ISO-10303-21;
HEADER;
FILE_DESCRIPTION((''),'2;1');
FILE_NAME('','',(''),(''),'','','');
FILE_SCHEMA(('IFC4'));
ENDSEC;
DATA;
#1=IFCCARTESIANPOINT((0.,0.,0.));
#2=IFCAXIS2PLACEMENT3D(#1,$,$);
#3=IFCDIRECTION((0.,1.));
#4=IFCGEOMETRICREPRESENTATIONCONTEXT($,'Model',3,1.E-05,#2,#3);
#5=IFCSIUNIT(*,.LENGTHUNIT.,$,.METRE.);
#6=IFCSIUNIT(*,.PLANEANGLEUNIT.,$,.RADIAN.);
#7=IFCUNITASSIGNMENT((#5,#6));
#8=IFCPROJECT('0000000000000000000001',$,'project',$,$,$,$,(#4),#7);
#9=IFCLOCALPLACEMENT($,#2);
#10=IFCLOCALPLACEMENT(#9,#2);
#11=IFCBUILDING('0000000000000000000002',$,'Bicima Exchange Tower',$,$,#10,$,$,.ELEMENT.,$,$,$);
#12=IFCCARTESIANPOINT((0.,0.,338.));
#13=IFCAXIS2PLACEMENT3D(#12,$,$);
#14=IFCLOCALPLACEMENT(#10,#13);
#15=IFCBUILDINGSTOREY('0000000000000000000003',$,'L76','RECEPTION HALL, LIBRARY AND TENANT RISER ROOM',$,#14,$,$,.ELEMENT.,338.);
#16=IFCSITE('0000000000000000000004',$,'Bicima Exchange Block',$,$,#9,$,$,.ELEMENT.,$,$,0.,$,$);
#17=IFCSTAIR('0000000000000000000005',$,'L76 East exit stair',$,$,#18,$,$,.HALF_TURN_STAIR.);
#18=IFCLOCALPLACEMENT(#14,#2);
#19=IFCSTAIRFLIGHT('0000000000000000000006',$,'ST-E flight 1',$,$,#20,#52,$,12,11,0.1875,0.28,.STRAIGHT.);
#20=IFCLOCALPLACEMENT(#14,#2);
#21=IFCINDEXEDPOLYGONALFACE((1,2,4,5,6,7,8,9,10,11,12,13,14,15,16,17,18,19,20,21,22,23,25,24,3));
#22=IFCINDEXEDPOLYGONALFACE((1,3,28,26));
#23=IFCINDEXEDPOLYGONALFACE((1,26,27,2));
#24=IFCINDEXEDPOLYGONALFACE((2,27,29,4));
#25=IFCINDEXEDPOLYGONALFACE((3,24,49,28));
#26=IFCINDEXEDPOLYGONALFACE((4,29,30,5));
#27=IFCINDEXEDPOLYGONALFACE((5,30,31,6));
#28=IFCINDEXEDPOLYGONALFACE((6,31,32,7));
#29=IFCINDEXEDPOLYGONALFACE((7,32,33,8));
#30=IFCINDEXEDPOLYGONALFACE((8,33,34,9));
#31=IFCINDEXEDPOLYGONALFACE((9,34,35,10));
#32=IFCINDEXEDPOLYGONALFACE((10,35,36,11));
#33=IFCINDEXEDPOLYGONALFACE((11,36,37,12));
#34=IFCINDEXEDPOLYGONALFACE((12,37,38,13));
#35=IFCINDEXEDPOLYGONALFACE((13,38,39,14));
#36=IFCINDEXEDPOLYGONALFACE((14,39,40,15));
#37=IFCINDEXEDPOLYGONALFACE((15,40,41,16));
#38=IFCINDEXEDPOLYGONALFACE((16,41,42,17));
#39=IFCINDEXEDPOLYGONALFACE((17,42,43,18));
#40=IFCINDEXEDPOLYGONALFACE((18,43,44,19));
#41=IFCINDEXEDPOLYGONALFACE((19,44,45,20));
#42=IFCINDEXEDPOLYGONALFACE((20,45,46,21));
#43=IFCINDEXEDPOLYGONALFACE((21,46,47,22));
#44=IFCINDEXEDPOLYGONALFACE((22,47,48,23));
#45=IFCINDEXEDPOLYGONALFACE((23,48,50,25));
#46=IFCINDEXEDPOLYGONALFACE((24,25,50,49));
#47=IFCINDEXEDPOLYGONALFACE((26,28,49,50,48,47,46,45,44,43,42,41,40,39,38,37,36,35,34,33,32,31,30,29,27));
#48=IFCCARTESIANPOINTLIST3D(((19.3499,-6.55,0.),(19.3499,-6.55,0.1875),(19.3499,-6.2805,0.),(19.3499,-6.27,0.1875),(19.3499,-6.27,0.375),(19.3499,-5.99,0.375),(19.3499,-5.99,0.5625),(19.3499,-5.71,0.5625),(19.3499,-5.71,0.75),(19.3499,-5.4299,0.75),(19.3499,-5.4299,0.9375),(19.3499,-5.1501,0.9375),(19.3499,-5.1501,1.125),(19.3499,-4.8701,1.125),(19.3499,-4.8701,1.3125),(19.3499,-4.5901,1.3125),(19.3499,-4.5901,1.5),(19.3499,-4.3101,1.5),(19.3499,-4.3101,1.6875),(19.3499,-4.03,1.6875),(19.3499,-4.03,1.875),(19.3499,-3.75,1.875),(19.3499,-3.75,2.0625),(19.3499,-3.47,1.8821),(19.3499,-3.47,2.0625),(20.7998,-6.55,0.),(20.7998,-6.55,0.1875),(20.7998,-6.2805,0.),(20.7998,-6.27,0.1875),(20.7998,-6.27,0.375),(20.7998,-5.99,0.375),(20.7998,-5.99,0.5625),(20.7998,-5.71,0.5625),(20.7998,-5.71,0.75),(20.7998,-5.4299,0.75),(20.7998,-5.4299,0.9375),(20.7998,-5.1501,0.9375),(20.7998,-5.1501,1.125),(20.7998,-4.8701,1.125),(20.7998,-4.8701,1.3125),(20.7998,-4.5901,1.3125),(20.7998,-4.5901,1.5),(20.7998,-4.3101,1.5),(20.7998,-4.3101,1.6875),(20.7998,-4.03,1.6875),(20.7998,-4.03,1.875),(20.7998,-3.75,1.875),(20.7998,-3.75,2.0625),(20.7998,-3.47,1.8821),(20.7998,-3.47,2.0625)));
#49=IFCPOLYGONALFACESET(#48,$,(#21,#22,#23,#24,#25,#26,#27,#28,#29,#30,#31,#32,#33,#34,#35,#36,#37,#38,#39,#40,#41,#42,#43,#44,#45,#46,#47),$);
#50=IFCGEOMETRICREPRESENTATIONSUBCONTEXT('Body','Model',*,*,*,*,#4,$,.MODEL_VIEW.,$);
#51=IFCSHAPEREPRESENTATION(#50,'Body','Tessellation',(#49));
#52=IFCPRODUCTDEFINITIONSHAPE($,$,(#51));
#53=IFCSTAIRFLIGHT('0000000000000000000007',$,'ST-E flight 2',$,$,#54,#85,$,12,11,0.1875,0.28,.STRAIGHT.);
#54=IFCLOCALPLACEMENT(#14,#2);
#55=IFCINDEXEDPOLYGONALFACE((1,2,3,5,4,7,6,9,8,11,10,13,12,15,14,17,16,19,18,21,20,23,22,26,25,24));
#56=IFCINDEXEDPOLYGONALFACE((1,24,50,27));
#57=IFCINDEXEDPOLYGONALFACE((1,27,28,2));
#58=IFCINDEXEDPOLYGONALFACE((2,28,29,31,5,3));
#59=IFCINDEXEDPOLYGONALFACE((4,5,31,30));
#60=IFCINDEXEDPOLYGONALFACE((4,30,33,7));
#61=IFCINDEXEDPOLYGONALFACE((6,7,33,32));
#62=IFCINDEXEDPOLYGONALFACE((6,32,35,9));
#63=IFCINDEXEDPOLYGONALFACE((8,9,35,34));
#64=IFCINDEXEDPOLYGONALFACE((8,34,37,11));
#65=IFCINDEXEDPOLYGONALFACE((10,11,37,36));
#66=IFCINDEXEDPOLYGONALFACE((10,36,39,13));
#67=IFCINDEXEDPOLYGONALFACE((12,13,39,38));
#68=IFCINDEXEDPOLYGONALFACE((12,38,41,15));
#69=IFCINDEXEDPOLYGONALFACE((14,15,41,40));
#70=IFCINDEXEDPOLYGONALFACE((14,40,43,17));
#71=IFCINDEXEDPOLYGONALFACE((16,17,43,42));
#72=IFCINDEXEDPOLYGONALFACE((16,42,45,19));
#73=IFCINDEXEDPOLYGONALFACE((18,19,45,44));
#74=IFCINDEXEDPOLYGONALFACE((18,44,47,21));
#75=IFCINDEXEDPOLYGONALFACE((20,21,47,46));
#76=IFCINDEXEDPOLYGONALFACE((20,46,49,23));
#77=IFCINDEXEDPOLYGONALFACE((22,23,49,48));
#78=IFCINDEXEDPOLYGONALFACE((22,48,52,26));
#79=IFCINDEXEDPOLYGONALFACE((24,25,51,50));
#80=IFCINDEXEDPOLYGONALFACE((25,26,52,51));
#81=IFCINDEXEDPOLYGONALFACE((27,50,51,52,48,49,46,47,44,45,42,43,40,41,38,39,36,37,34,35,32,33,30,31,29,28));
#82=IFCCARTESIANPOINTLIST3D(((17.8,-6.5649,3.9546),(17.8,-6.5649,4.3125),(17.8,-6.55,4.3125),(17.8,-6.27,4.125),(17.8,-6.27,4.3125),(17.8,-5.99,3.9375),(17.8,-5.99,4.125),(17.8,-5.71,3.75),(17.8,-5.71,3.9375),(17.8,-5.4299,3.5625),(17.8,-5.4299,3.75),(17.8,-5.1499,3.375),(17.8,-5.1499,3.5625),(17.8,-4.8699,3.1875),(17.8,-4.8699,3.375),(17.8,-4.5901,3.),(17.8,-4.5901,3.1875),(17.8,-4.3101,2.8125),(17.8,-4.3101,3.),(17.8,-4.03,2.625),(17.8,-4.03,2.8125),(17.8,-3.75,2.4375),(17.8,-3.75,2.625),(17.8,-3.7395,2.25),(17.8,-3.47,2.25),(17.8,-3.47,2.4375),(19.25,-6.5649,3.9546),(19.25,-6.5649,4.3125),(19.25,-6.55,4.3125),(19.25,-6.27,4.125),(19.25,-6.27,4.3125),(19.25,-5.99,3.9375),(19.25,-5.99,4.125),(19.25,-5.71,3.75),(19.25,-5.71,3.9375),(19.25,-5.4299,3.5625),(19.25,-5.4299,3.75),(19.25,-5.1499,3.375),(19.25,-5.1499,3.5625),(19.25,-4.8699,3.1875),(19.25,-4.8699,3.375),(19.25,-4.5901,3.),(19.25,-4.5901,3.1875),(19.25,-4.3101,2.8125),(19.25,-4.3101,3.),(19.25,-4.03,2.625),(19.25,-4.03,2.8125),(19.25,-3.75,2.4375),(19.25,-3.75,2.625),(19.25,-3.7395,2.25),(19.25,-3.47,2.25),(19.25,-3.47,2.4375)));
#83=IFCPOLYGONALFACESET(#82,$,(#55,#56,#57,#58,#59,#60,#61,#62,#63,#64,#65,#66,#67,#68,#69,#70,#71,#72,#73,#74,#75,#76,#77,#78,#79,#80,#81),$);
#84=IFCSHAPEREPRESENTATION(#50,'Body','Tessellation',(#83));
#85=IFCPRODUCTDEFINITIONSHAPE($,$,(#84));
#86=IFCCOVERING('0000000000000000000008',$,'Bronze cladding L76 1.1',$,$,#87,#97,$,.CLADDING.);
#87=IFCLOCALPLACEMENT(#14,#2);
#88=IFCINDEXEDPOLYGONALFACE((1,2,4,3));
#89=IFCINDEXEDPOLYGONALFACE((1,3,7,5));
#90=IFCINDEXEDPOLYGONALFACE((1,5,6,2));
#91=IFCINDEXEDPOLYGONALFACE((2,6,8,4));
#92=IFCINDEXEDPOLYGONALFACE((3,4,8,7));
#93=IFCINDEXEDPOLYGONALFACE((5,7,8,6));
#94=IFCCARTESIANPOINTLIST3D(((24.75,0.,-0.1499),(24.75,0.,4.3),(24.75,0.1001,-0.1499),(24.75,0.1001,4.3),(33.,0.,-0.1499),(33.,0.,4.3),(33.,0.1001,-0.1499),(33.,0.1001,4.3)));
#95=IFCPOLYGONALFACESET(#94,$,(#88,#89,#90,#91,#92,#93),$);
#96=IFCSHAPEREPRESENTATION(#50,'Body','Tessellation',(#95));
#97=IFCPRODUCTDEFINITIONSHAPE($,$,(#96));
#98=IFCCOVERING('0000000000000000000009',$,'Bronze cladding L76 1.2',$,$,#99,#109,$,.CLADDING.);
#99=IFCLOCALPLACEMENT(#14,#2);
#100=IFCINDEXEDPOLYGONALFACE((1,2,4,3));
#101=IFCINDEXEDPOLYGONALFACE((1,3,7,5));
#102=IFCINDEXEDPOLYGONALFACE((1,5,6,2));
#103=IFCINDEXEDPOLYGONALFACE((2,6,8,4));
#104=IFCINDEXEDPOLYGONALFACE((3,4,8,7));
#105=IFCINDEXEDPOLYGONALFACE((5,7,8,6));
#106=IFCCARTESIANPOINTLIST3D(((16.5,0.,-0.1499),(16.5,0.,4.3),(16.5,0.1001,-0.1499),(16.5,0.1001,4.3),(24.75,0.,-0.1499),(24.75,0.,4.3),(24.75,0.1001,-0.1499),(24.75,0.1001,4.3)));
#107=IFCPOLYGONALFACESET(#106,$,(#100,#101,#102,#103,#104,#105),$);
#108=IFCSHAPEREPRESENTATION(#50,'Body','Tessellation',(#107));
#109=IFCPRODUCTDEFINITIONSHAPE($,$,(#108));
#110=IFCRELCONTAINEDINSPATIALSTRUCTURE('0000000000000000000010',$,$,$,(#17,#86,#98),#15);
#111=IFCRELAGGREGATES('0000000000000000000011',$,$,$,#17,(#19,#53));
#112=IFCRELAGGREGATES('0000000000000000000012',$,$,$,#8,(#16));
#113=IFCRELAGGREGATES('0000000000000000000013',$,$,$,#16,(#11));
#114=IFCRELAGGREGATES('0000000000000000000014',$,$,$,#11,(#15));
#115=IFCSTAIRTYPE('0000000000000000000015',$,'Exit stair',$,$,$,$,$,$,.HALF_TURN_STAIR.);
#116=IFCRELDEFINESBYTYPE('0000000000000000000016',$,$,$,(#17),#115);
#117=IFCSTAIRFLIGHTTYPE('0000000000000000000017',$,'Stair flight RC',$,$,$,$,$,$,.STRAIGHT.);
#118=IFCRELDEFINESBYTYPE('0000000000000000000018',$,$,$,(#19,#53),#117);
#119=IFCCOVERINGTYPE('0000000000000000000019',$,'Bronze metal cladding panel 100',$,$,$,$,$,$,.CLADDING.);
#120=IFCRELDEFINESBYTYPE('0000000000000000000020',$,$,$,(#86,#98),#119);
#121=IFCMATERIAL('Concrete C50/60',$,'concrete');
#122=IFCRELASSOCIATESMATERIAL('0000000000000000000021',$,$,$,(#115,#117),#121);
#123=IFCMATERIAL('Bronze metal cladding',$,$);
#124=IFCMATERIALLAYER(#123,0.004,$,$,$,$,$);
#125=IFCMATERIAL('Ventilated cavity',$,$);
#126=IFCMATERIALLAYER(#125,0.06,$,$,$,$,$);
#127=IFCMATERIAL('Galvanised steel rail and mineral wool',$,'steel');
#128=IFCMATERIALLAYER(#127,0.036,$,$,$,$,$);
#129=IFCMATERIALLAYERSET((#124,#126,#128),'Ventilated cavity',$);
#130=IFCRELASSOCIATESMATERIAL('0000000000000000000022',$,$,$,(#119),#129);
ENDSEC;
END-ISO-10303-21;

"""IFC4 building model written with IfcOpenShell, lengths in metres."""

from ifc_helpers import new_model, si_unit, direction, frame, origin, origin_2d, place, context, subcontext, project, spatial, polyline, rectangle, outline, extrude, material, layer, layer_set, type_object, element, aggregate, save


model = new_model("IFC4")

# Units and contexts
model_context = context("Model", 3, precision=1e-05, world=origin(), true_north=direction((0.0, 1.0)))
body_context = subcontext(model_context, "Body", "Model", "MODEL_VIEW")
ifc_project = project(units=[si_unit("LENGTHUNIT", "METRE"), si_unit("PLANEANGLEUNIT", "RADIAN")], contexts=[model_context])

# Site, building, storey
site_placement = place(None, origin())
site = spatial("IfcSite", under=ifc_project, at=site_placement, Name="Bicima Exchange Block", CompositionType="ELEMENT", RefElevation=0.0)
building_placement = place(site_placement, origin())
building = spatial("IfcBuilding", under=site, at=building_placement, Name="Bicima Exchange Tower", CompositionType="ELEMENT")
storey_placement = place(building_placement, frame((0.0, 0.0, 338.0)))
storey = spatial("IfcBuildingStorey", under=building, at=storey_placement, Name="L76", Description="RECEPTION HALL, LIBRARY AND TENANT RISER ROOM", CompositionType="ELEMENT", Elevation=338.0)

# Shared definitions
ifc_material_1 = material(Name="Concrete C50/60", Category="concrete")

# Stair, stair flights
stair_type = type_object("IfcStairType", Name="Exit stair", PredefinedType="HALF_TURN_STAIR", material=ifc_material_1)
stair_placement = place(storey_placement, origin())
stair = element("IfcStair", 1, at=stair_placement, inside=storey, type_object=stair_type, Name="L76 East exit stair", PredefinedType="HALF_TURN_STAIR")
stair_flight_type = type_object("IfcStairFlightType", Name="Stair flight RC", PredefinedType="STRAIGHT", material=ifc_material_1)
stair_flight_1_placement = place(storey_placement, frame((20.075, -6.55, 0.0), z_axis=(0.0, 0.0, 1.0), x_axis=(0.0, 1.0, 0.0)))
stair_flight_1 = element("IfcStairFlight", 2, at=stair_flight_1_placement, type_object=stair_flight_type, Name="ST-E flight 1", NumberOfRisers=12, NumberOfTreads=11, PredefinedType="STRAIGHT", RiserHeight=0.1875, TreadLength=0.28, context=body_context, shape_type="SweptSolid", body=[
    extrude(outline(polyline([(0.0, 0.0), (0.0, 0.1875), (0.28, 0.1875), (0.28, 0.375), (0.5601, 0.375), (0.5601, 0.5625), (0.8401, 0.5625), (0.8401, 0.75), (1.1201, 0.75), (1.1201, 0.9375), (1.3999, 0.9375), (1.3999, 1.125), (1.6799, 1.125), (1.6799, 1.3125), (1.96, 1.3125), (1.96, 1.5), (2.24, 1.5), (2.24, 1.6875), (2.52, 1.6875), (2.52, 1.875), (2.8, 1.875), (2.8, 2.0625), (3.0801, 2.0625), (3.0801, 2.25), (3.0801, 1.8821), (0.2695, 0.0), (0.0, 0.0)])), frame((0.0, 0.7251, 0.0), z_axis=(0.0, -1.0, 0.0), x_axis=(1.0, 0.0, 0.0)), (0.0, 0.0, 1.0), 1.45),
])
stair_flight_2_placement = place(storey_placement, frame((18.5249, -3.47, 2.25), z_axis=(0.0, 0.0, 1.0), x_axis=(0.0, -1.0, 0.0)))
stair_flight_2 = element("IfcStairFlight", 3, at=stair_flight_2_placement, type_object=stair_flight_type, Name="ST-E flight 2", NumberOfRisers=12, NumberOfTreads=11, PredefinedType="STRAIGHT", RiserHeight=0.1875, TreadLength=0.28, context=body_context, shape_type="SweptSolid", body=[
    extrude(outline(polyline([(0.0, 0.0), (0.0, 0.1875), (0.28, 0.1875), (0.28, 0.375), (0.5601, 0.375), (0.5601, 0.5625), (0.8401, 0.5625), (0.8401, 0.75), (1.1201, 0.75), (1.1201, 0.9375), (1.3999, 0.9375), (1.3999, 1.125), (1.6799, 1.125), (1.6799, 1.3125), (1.96, 1.3125), (1.96, 1.5), (2.24, 1.5), (2.24, 1.6875), (2.52, 1.6875), (2.52, 1.875), (2.8, 1.875), (2.8, 2.0625), (3.0801, 2.0625), (3.095, 2.0625), (3.095, 1.7046), (0.2695, 0.0), (0.0, 0.0)])), frame((0.0, 0.7251, 0.0), z_axis=(0.0, -1.0, 0.0), x_axis=(1.0, 0.0, 0.0)), (0.0, 0.0, 1.0), 1.45),
])
aggregate(stair, [stair_flight_1, stair_flight_2])

# Coverings
ifc_material_2 = material(Name="Bronze metal cladding")
ifc_layer_1 = layer(ifc_material_2, 0.004)
ifc_material_3 = material(Name="Ventilated cavity")
ifc_layer_2 = layer(ifc_material_3, 0.06)
ifc_material_4 = material(Name="Galvanised steel rail and mineral wool", Category="steel")
ifc_layer_3 = layer(ifc_material_4, 0.036)
ifc_layer_set_1 = layer_set([ifc_layer_1, ifc_layer_2, ifc_layer_3], Name="Ventilated cavity")
covering_type = type_object("IfcCoveringType", Name="Bronze metal cladding panel 100", PredefinedType="CLADDING", material=ifc_layer_set_1)
for number, where, z_axis, x_axis, name in (
    (4, (28.875, 0.05, -0.1499), (0.0, 0.0, 1.0), (-1.0, 0.0, 0.0), "Bronze cladding L76 1.1"),
    (5, (20.625, 0.05, -0.1499), (0.0, 0.0, 1.0), (-1.0, 0.0, 0.0), "Bronze cladding L76 1.2"),
):
    element("IfcCovering", number, at=place(storey_placement, frame(where, z_axis=z_axis, x_axis=x_axis)), inside=storey, type_object=covering_type, Name=name, PredefinedType="CLADDING", context=body_context, shape_type="SweptSolid", body=[
        extrude(rectangle(XDim=8.25, YDim=0.1001, at=origin_2d()), origin(), (0.0, 0.0, 1.0), 4.45),
    ])

save(model, "model.ifc")
